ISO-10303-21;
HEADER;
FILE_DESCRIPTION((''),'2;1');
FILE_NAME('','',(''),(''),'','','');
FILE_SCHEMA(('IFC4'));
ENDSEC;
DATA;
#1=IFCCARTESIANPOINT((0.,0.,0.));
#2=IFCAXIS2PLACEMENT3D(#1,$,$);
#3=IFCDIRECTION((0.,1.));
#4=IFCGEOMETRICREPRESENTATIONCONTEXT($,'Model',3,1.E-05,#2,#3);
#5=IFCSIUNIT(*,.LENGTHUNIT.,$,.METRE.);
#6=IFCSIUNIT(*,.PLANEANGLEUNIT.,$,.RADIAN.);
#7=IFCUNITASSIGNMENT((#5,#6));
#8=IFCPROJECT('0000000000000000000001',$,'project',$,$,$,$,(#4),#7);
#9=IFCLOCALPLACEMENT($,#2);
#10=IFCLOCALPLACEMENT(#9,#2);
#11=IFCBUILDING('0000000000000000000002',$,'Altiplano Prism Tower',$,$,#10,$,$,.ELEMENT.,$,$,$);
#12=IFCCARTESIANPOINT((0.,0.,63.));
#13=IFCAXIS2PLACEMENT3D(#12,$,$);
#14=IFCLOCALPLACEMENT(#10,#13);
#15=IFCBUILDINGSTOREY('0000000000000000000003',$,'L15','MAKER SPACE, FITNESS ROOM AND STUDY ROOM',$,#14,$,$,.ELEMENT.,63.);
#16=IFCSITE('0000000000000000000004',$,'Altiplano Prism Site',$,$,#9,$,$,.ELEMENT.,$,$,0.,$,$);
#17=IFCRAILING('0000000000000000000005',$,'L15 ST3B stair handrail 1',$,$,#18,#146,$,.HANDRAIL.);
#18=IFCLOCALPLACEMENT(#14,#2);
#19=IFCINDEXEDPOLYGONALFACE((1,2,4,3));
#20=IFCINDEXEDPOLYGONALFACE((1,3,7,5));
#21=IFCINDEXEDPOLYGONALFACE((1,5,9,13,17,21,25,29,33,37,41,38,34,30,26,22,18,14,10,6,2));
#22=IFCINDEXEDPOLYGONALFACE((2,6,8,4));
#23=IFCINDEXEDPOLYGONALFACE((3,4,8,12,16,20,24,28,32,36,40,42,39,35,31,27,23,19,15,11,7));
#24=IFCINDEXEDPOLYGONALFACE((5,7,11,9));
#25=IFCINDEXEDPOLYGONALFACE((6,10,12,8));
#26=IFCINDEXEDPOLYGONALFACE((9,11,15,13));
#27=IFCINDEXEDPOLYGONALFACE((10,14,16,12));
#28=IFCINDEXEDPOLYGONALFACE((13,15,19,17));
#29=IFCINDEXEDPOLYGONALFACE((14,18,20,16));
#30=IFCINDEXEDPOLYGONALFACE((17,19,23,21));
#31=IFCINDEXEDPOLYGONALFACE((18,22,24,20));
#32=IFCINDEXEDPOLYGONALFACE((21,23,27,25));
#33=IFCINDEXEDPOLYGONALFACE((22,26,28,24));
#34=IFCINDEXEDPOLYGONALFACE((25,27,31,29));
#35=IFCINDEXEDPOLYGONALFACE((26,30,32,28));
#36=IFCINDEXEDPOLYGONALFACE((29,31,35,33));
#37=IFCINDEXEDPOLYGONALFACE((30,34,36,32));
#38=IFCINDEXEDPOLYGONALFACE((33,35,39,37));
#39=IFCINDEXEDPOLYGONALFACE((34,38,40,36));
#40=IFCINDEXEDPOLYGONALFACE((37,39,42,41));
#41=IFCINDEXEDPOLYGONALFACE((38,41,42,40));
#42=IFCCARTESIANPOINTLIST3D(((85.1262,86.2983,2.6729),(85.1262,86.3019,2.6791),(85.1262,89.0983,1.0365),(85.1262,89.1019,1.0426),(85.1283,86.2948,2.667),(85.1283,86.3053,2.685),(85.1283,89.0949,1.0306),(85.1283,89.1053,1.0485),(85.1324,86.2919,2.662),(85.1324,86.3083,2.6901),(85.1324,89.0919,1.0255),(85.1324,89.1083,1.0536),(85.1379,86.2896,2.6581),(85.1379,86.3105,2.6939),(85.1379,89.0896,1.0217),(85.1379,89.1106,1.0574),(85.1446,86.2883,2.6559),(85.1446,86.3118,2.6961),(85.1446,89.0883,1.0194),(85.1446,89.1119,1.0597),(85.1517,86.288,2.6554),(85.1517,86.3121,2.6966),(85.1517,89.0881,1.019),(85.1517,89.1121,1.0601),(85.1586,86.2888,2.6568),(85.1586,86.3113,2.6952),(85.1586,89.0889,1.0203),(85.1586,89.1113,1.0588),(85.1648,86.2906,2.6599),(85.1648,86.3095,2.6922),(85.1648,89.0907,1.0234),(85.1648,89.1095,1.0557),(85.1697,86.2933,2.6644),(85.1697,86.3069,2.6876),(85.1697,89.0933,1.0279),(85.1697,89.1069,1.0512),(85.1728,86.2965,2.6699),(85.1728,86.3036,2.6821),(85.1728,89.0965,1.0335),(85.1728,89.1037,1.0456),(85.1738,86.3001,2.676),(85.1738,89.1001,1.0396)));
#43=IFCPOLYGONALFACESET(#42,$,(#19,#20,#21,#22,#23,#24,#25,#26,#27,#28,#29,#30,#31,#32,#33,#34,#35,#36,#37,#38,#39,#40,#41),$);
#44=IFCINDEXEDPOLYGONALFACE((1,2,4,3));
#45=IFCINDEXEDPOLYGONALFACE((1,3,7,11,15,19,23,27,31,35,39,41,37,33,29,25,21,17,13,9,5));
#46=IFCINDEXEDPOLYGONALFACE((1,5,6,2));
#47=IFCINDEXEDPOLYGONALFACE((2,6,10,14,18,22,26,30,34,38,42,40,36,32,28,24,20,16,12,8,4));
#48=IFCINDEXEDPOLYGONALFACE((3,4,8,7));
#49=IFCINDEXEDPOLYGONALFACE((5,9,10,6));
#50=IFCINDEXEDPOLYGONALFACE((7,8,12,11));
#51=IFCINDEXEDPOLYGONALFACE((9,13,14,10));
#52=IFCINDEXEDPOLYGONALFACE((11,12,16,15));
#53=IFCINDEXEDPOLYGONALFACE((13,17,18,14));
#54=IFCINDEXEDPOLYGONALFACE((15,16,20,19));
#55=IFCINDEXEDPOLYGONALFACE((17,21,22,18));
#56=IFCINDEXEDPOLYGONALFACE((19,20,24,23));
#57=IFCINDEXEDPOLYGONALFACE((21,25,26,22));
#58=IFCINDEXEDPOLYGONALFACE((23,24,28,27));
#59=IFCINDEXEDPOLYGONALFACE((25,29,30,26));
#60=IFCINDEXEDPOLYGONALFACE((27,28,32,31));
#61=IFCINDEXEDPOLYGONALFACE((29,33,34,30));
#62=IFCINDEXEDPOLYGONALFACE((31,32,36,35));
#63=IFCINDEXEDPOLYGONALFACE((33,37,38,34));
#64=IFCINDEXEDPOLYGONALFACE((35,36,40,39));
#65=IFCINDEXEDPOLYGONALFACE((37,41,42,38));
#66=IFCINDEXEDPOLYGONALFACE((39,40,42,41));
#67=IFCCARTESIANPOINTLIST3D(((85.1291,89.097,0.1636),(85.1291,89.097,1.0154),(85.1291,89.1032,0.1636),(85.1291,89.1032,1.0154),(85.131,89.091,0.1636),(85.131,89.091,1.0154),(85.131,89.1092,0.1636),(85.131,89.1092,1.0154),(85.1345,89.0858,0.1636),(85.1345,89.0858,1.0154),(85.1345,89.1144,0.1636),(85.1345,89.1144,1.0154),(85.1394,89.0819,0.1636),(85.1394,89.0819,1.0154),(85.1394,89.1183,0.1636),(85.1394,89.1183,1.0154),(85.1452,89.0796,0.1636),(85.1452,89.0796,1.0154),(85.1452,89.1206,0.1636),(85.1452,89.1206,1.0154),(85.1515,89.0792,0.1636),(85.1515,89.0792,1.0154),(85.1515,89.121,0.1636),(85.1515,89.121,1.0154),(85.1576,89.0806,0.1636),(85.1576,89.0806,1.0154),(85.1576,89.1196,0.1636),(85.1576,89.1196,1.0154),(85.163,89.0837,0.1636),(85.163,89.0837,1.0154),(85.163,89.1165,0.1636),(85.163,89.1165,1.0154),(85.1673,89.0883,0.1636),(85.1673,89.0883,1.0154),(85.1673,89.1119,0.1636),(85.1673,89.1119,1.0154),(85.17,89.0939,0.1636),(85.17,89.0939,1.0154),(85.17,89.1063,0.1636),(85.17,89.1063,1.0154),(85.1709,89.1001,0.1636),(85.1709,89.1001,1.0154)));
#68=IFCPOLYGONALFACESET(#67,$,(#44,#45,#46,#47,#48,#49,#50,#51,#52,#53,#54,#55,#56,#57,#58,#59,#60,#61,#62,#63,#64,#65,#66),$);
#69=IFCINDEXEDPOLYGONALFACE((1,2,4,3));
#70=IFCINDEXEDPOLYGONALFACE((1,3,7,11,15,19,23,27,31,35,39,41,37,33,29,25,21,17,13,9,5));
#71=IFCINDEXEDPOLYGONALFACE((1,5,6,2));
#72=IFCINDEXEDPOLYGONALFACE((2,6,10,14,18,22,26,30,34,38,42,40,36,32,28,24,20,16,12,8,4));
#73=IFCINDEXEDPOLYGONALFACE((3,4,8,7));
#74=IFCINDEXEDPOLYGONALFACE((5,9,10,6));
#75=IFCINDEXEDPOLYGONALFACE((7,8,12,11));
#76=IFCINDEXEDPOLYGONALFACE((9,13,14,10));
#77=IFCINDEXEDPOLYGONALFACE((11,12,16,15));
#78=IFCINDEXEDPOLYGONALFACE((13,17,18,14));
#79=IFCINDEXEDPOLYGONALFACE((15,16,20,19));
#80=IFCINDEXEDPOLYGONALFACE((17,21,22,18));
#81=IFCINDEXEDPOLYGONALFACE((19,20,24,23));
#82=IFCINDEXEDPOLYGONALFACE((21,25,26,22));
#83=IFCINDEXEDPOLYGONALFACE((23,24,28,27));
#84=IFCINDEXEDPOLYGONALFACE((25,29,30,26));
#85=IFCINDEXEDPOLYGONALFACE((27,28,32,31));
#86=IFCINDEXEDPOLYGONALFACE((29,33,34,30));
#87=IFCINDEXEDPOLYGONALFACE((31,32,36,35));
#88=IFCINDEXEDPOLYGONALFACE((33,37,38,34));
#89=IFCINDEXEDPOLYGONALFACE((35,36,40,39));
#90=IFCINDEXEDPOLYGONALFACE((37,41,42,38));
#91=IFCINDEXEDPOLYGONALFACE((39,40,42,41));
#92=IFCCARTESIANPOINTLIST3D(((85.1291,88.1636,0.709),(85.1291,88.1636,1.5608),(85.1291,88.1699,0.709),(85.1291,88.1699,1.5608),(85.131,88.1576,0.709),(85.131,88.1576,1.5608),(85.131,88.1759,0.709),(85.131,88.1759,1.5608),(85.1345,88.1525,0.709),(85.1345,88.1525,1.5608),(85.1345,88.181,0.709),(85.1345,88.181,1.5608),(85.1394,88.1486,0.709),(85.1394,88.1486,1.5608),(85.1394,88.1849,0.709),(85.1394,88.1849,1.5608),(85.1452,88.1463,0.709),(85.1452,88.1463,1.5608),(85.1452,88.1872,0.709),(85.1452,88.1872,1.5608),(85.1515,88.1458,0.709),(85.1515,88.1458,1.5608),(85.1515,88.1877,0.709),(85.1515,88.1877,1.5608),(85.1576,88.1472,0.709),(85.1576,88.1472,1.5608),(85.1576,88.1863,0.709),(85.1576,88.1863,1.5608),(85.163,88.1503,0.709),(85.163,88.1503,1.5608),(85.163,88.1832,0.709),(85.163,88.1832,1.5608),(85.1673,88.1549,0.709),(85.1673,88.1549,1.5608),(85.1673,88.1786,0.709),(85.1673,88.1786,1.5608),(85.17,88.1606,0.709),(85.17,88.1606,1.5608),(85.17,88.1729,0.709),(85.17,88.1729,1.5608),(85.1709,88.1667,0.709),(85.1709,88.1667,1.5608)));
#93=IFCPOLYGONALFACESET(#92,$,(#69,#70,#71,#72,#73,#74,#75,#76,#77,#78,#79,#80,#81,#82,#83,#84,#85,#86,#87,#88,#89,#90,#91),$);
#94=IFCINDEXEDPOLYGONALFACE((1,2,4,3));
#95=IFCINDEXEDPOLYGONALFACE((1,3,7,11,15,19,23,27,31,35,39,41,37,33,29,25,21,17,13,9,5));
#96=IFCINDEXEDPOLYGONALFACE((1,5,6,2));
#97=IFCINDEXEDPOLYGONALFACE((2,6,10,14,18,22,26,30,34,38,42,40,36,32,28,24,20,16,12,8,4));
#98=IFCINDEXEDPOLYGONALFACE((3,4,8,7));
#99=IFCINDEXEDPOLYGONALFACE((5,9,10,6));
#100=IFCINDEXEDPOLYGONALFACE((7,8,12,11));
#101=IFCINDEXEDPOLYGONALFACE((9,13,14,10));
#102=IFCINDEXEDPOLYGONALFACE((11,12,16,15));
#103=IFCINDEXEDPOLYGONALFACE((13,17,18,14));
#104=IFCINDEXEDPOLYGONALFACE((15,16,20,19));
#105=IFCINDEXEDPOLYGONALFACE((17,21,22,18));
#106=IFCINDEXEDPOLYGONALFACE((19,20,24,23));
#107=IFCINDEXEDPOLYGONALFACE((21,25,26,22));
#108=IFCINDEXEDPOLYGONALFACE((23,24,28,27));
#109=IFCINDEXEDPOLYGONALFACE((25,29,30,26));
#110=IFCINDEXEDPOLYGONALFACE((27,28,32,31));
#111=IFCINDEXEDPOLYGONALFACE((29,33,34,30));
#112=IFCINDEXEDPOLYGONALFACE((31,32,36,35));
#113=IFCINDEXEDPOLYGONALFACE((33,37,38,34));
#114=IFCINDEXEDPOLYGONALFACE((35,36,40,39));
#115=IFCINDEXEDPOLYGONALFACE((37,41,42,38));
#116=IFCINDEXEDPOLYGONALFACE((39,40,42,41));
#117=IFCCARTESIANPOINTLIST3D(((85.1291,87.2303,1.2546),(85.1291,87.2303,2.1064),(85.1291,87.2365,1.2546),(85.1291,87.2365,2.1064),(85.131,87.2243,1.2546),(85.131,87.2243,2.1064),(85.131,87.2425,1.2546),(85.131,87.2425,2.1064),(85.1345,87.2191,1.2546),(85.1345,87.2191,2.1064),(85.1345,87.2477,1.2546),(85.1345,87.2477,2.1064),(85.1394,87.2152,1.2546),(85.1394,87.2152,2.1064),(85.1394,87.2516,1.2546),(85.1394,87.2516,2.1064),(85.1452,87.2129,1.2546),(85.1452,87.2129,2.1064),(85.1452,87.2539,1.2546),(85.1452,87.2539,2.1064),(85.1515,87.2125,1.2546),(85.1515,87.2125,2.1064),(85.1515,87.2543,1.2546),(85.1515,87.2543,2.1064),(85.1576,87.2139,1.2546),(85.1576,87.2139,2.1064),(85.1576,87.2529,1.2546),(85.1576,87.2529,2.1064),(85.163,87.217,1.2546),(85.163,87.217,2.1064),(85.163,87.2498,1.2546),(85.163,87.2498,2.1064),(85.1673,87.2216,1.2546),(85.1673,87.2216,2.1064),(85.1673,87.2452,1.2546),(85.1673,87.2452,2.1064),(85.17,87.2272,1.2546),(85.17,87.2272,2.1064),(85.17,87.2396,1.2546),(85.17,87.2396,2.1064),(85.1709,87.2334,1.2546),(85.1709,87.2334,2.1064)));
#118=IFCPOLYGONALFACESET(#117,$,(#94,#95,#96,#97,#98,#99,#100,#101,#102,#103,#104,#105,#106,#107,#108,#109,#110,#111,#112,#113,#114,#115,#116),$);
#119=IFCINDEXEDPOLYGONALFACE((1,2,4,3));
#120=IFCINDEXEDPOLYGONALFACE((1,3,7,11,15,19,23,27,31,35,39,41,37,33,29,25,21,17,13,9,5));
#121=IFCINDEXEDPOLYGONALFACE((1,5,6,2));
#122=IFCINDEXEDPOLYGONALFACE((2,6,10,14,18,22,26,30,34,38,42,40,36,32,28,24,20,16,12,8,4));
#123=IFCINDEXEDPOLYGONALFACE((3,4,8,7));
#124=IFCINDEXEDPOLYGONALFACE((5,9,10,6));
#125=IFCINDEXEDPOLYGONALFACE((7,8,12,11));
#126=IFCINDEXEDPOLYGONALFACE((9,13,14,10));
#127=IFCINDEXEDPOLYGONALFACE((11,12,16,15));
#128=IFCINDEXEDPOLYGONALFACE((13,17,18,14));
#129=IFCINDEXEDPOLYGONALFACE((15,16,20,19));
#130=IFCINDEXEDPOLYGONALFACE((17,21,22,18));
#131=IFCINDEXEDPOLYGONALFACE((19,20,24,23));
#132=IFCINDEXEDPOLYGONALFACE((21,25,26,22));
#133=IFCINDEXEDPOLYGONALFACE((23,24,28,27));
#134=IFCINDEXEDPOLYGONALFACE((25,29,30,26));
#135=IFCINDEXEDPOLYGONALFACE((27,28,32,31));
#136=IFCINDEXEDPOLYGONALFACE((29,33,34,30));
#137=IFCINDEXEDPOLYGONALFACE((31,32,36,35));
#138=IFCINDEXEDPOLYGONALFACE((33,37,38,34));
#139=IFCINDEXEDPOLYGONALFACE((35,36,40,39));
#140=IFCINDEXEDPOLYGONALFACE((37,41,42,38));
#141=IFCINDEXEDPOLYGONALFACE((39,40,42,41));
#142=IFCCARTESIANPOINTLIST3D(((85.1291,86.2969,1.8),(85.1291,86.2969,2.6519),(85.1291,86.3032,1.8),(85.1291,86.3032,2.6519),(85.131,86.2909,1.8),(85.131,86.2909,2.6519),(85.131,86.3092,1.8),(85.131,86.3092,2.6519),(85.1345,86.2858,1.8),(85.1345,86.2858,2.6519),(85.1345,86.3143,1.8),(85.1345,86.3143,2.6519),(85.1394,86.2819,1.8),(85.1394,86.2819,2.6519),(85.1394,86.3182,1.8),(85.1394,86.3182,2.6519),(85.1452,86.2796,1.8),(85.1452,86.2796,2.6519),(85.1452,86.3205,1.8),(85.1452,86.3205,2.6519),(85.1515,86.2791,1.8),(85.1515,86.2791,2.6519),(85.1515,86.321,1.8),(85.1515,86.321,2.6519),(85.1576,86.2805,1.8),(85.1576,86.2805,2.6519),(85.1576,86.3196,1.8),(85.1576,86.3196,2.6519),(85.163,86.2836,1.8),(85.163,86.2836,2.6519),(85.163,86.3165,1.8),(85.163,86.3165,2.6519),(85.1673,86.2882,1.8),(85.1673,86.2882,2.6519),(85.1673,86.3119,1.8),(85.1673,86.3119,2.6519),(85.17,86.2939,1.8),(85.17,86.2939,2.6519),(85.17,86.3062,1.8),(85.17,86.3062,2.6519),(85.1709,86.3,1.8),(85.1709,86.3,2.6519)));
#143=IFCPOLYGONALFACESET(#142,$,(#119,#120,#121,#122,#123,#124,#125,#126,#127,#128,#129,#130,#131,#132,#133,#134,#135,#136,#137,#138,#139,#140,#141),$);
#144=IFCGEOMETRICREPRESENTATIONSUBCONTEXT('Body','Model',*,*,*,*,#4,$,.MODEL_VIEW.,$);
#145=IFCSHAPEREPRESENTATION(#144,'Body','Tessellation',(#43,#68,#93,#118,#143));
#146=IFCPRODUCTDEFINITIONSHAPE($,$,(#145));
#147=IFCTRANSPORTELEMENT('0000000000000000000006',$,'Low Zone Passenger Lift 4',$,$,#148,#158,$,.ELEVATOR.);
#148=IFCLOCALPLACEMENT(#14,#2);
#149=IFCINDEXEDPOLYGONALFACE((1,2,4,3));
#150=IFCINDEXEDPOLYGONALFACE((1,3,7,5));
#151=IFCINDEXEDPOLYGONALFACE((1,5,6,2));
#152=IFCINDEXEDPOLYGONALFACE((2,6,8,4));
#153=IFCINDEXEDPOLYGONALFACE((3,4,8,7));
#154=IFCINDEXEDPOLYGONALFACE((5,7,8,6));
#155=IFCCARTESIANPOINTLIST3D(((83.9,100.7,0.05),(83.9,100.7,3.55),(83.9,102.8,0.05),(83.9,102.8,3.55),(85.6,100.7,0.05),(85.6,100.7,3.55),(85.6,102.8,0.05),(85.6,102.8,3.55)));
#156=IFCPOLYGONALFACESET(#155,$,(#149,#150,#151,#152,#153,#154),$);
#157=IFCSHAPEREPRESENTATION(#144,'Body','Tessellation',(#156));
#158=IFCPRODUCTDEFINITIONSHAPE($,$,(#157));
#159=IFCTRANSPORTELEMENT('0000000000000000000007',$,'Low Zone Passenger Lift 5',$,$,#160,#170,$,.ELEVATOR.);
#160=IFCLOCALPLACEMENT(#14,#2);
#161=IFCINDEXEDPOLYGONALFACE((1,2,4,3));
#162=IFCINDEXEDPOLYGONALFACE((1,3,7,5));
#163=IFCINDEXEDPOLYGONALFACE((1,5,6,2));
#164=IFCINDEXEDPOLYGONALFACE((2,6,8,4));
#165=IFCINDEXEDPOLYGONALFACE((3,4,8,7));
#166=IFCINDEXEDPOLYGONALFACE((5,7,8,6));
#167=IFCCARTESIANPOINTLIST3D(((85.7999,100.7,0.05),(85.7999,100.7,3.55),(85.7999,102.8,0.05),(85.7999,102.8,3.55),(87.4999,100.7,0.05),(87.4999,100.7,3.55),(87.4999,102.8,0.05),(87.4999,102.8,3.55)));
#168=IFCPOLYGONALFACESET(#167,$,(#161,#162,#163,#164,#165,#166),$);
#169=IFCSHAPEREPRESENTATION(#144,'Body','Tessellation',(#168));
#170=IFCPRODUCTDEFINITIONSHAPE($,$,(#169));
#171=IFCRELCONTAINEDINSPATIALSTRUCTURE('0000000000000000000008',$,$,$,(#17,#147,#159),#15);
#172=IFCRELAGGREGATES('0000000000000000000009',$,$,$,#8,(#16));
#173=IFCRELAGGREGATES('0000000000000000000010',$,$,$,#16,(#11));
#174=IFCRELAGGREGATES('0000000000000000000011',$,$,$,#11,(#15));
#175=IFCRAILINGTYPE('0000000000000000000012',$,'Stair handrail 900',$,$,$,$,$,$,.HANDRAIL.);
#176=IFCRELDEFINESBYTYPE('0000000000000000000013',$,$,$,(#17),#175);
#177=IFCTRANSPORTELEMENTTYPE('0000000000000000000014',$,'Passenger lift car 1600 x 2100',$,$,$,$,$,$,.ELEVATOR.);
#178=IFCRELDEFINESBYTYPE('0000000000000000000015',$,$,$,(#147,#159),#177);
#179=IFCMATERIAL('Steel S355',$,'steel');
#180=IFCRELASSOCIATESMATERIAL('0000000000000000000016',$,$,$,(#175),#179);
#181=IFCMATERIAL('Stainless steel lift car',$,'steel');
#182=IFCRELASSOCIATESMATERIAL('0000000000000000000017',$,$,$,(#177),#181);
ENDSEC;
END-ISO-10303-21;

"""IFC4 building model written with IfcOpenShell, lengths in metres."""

from ifc_helpers import new_model, si_unit, direction, frame, origin, origin_2d, place, context, subcontext, project, spatial, rectangle, circle, extrude, material, type_object, element, save


model = new_model("IFC4")

# Units and contexts
model_context = context("Model", 3, precision=1e-05, world=origin(), true_north=direction((0.0, 1.0)))
body_context = subcontext(model_context, "Body", "Model", "MODEL_VIEW")
ifc_project = project(units=[si_unit("LENGTHUNIT", "METRE"), si_unit("PLANEANGLEUNIT", "RADIAN")], contexts=[model_context])

# Site, building, storey
site_placement = place(None, origin())
site = spatial("IfcSite", under=ifc_project, at=site_placement, Name="Altiplano Prism Site", CompositionType="ELEMENT", RefElevation=0.0)
building_placement = place(site_placement, origin())
building = spatial("IfcBuilding", under=site, at=building_placement, Name="Altiplano Prism Tower", CompositionType="ELEMENT")
storey_placement = place(building_placement, frame((0.0, 0.0, 63.0)))
storey = spatial("IfcBuildingStorey", under=building, at=storey_placement, Name="L15", Description="MAKER SPACE, FITNESS ROOM AND STUDY ROOM", CompositionType="ELEMENT", Elevation=63.0)

# Railing
ifc_material_1 = material(Name="Steel S355", Category="steel")
railing_type_1 = type_object("IfcRailingType", Name="Stair handrail 900", PredefinedType="HANDRAIL", material=ifc_material_1)
for number, where, name in (
    (1, (85.1499, 89.1001, 0.1636), "L15 ST3B stair handrail 1"),
):
    element("IfcRailing", number, at=place(storey_placement, frame(where)), inside=storey, type_object=railing_type_1, Name=name, PredefinedType="HANDRAIL", context=body_context, shape_type="SweptSolid", body=[
        extrude(circle(Radius=0.0239, at=origin_2d()), frame((0.0, 0.0, 0.876), z_axis=(0.0, -0.863361, 0.504587), x_axis=(1.0, 0.0, 0.0)), (0.0, 0.0, 1.0), 3.2432),
        extrude(circle(Radius=0.021, at=origin_2d()), origin(), (0.0, 0.0, 1.0), 0.8518),
        extrude(circle(Radius=0.021, at=origin_2d()), frame((0.0, -0.9333, 0.5454)), (0.0, 0.0, 1.0), 0.8518),
        extrude(circle(Radius=0.021, at=origin_2d()), frame((0.0, -1.8667, 1.0911)), (0.0, 0.0, 1.0), 0.8518),
        extrude(circle(Radius=0.021, at=origin_2d()), frame((0.0, -2.8, 1.6365)), (0.0, 0.0, 1.0), 0.8518),
    ])

# Transport elements
ifc_material_2 = material(Name="Stainless steel lift car", Category="steel")
transport_element_type = type_object("IfcTransportElementType", Name="Passenger lift car 1600 x 2100", PredefinedType="ELEVATOR", material=ifc_material_2)
for number, where, z_axis, x_axis, name in (
    (2, (84.75, 101.75, 0.05), (0.0, 0.0, 1.0), (1.0, 0.0, 0.0), "Low Zone Passenger Lift 4"),
    (3, (86.6499, 101.75, 0.05), (0.0, 0.0, 1.0), (1.0, 0.0, 0.0), "Low Zone Passenger Lift 5"),
):
    element("IfcTransportElement", number, at=place(storey_placement, frame(where, z_axis=z_axis, x_axis=x_axis)), inside=storey, type_object=transport_element_type, Name=name, PredefinedType="ELEVATOR", context=body_context, shape_type="SweptSolid", body=[
        extrude(rectangle(XDim=1.7, YDim=2.1001, at=origin_2d()), origin(), (0.0, 0.0, 1.0), 3.5),
    ])

save(model, "model.ifc")
